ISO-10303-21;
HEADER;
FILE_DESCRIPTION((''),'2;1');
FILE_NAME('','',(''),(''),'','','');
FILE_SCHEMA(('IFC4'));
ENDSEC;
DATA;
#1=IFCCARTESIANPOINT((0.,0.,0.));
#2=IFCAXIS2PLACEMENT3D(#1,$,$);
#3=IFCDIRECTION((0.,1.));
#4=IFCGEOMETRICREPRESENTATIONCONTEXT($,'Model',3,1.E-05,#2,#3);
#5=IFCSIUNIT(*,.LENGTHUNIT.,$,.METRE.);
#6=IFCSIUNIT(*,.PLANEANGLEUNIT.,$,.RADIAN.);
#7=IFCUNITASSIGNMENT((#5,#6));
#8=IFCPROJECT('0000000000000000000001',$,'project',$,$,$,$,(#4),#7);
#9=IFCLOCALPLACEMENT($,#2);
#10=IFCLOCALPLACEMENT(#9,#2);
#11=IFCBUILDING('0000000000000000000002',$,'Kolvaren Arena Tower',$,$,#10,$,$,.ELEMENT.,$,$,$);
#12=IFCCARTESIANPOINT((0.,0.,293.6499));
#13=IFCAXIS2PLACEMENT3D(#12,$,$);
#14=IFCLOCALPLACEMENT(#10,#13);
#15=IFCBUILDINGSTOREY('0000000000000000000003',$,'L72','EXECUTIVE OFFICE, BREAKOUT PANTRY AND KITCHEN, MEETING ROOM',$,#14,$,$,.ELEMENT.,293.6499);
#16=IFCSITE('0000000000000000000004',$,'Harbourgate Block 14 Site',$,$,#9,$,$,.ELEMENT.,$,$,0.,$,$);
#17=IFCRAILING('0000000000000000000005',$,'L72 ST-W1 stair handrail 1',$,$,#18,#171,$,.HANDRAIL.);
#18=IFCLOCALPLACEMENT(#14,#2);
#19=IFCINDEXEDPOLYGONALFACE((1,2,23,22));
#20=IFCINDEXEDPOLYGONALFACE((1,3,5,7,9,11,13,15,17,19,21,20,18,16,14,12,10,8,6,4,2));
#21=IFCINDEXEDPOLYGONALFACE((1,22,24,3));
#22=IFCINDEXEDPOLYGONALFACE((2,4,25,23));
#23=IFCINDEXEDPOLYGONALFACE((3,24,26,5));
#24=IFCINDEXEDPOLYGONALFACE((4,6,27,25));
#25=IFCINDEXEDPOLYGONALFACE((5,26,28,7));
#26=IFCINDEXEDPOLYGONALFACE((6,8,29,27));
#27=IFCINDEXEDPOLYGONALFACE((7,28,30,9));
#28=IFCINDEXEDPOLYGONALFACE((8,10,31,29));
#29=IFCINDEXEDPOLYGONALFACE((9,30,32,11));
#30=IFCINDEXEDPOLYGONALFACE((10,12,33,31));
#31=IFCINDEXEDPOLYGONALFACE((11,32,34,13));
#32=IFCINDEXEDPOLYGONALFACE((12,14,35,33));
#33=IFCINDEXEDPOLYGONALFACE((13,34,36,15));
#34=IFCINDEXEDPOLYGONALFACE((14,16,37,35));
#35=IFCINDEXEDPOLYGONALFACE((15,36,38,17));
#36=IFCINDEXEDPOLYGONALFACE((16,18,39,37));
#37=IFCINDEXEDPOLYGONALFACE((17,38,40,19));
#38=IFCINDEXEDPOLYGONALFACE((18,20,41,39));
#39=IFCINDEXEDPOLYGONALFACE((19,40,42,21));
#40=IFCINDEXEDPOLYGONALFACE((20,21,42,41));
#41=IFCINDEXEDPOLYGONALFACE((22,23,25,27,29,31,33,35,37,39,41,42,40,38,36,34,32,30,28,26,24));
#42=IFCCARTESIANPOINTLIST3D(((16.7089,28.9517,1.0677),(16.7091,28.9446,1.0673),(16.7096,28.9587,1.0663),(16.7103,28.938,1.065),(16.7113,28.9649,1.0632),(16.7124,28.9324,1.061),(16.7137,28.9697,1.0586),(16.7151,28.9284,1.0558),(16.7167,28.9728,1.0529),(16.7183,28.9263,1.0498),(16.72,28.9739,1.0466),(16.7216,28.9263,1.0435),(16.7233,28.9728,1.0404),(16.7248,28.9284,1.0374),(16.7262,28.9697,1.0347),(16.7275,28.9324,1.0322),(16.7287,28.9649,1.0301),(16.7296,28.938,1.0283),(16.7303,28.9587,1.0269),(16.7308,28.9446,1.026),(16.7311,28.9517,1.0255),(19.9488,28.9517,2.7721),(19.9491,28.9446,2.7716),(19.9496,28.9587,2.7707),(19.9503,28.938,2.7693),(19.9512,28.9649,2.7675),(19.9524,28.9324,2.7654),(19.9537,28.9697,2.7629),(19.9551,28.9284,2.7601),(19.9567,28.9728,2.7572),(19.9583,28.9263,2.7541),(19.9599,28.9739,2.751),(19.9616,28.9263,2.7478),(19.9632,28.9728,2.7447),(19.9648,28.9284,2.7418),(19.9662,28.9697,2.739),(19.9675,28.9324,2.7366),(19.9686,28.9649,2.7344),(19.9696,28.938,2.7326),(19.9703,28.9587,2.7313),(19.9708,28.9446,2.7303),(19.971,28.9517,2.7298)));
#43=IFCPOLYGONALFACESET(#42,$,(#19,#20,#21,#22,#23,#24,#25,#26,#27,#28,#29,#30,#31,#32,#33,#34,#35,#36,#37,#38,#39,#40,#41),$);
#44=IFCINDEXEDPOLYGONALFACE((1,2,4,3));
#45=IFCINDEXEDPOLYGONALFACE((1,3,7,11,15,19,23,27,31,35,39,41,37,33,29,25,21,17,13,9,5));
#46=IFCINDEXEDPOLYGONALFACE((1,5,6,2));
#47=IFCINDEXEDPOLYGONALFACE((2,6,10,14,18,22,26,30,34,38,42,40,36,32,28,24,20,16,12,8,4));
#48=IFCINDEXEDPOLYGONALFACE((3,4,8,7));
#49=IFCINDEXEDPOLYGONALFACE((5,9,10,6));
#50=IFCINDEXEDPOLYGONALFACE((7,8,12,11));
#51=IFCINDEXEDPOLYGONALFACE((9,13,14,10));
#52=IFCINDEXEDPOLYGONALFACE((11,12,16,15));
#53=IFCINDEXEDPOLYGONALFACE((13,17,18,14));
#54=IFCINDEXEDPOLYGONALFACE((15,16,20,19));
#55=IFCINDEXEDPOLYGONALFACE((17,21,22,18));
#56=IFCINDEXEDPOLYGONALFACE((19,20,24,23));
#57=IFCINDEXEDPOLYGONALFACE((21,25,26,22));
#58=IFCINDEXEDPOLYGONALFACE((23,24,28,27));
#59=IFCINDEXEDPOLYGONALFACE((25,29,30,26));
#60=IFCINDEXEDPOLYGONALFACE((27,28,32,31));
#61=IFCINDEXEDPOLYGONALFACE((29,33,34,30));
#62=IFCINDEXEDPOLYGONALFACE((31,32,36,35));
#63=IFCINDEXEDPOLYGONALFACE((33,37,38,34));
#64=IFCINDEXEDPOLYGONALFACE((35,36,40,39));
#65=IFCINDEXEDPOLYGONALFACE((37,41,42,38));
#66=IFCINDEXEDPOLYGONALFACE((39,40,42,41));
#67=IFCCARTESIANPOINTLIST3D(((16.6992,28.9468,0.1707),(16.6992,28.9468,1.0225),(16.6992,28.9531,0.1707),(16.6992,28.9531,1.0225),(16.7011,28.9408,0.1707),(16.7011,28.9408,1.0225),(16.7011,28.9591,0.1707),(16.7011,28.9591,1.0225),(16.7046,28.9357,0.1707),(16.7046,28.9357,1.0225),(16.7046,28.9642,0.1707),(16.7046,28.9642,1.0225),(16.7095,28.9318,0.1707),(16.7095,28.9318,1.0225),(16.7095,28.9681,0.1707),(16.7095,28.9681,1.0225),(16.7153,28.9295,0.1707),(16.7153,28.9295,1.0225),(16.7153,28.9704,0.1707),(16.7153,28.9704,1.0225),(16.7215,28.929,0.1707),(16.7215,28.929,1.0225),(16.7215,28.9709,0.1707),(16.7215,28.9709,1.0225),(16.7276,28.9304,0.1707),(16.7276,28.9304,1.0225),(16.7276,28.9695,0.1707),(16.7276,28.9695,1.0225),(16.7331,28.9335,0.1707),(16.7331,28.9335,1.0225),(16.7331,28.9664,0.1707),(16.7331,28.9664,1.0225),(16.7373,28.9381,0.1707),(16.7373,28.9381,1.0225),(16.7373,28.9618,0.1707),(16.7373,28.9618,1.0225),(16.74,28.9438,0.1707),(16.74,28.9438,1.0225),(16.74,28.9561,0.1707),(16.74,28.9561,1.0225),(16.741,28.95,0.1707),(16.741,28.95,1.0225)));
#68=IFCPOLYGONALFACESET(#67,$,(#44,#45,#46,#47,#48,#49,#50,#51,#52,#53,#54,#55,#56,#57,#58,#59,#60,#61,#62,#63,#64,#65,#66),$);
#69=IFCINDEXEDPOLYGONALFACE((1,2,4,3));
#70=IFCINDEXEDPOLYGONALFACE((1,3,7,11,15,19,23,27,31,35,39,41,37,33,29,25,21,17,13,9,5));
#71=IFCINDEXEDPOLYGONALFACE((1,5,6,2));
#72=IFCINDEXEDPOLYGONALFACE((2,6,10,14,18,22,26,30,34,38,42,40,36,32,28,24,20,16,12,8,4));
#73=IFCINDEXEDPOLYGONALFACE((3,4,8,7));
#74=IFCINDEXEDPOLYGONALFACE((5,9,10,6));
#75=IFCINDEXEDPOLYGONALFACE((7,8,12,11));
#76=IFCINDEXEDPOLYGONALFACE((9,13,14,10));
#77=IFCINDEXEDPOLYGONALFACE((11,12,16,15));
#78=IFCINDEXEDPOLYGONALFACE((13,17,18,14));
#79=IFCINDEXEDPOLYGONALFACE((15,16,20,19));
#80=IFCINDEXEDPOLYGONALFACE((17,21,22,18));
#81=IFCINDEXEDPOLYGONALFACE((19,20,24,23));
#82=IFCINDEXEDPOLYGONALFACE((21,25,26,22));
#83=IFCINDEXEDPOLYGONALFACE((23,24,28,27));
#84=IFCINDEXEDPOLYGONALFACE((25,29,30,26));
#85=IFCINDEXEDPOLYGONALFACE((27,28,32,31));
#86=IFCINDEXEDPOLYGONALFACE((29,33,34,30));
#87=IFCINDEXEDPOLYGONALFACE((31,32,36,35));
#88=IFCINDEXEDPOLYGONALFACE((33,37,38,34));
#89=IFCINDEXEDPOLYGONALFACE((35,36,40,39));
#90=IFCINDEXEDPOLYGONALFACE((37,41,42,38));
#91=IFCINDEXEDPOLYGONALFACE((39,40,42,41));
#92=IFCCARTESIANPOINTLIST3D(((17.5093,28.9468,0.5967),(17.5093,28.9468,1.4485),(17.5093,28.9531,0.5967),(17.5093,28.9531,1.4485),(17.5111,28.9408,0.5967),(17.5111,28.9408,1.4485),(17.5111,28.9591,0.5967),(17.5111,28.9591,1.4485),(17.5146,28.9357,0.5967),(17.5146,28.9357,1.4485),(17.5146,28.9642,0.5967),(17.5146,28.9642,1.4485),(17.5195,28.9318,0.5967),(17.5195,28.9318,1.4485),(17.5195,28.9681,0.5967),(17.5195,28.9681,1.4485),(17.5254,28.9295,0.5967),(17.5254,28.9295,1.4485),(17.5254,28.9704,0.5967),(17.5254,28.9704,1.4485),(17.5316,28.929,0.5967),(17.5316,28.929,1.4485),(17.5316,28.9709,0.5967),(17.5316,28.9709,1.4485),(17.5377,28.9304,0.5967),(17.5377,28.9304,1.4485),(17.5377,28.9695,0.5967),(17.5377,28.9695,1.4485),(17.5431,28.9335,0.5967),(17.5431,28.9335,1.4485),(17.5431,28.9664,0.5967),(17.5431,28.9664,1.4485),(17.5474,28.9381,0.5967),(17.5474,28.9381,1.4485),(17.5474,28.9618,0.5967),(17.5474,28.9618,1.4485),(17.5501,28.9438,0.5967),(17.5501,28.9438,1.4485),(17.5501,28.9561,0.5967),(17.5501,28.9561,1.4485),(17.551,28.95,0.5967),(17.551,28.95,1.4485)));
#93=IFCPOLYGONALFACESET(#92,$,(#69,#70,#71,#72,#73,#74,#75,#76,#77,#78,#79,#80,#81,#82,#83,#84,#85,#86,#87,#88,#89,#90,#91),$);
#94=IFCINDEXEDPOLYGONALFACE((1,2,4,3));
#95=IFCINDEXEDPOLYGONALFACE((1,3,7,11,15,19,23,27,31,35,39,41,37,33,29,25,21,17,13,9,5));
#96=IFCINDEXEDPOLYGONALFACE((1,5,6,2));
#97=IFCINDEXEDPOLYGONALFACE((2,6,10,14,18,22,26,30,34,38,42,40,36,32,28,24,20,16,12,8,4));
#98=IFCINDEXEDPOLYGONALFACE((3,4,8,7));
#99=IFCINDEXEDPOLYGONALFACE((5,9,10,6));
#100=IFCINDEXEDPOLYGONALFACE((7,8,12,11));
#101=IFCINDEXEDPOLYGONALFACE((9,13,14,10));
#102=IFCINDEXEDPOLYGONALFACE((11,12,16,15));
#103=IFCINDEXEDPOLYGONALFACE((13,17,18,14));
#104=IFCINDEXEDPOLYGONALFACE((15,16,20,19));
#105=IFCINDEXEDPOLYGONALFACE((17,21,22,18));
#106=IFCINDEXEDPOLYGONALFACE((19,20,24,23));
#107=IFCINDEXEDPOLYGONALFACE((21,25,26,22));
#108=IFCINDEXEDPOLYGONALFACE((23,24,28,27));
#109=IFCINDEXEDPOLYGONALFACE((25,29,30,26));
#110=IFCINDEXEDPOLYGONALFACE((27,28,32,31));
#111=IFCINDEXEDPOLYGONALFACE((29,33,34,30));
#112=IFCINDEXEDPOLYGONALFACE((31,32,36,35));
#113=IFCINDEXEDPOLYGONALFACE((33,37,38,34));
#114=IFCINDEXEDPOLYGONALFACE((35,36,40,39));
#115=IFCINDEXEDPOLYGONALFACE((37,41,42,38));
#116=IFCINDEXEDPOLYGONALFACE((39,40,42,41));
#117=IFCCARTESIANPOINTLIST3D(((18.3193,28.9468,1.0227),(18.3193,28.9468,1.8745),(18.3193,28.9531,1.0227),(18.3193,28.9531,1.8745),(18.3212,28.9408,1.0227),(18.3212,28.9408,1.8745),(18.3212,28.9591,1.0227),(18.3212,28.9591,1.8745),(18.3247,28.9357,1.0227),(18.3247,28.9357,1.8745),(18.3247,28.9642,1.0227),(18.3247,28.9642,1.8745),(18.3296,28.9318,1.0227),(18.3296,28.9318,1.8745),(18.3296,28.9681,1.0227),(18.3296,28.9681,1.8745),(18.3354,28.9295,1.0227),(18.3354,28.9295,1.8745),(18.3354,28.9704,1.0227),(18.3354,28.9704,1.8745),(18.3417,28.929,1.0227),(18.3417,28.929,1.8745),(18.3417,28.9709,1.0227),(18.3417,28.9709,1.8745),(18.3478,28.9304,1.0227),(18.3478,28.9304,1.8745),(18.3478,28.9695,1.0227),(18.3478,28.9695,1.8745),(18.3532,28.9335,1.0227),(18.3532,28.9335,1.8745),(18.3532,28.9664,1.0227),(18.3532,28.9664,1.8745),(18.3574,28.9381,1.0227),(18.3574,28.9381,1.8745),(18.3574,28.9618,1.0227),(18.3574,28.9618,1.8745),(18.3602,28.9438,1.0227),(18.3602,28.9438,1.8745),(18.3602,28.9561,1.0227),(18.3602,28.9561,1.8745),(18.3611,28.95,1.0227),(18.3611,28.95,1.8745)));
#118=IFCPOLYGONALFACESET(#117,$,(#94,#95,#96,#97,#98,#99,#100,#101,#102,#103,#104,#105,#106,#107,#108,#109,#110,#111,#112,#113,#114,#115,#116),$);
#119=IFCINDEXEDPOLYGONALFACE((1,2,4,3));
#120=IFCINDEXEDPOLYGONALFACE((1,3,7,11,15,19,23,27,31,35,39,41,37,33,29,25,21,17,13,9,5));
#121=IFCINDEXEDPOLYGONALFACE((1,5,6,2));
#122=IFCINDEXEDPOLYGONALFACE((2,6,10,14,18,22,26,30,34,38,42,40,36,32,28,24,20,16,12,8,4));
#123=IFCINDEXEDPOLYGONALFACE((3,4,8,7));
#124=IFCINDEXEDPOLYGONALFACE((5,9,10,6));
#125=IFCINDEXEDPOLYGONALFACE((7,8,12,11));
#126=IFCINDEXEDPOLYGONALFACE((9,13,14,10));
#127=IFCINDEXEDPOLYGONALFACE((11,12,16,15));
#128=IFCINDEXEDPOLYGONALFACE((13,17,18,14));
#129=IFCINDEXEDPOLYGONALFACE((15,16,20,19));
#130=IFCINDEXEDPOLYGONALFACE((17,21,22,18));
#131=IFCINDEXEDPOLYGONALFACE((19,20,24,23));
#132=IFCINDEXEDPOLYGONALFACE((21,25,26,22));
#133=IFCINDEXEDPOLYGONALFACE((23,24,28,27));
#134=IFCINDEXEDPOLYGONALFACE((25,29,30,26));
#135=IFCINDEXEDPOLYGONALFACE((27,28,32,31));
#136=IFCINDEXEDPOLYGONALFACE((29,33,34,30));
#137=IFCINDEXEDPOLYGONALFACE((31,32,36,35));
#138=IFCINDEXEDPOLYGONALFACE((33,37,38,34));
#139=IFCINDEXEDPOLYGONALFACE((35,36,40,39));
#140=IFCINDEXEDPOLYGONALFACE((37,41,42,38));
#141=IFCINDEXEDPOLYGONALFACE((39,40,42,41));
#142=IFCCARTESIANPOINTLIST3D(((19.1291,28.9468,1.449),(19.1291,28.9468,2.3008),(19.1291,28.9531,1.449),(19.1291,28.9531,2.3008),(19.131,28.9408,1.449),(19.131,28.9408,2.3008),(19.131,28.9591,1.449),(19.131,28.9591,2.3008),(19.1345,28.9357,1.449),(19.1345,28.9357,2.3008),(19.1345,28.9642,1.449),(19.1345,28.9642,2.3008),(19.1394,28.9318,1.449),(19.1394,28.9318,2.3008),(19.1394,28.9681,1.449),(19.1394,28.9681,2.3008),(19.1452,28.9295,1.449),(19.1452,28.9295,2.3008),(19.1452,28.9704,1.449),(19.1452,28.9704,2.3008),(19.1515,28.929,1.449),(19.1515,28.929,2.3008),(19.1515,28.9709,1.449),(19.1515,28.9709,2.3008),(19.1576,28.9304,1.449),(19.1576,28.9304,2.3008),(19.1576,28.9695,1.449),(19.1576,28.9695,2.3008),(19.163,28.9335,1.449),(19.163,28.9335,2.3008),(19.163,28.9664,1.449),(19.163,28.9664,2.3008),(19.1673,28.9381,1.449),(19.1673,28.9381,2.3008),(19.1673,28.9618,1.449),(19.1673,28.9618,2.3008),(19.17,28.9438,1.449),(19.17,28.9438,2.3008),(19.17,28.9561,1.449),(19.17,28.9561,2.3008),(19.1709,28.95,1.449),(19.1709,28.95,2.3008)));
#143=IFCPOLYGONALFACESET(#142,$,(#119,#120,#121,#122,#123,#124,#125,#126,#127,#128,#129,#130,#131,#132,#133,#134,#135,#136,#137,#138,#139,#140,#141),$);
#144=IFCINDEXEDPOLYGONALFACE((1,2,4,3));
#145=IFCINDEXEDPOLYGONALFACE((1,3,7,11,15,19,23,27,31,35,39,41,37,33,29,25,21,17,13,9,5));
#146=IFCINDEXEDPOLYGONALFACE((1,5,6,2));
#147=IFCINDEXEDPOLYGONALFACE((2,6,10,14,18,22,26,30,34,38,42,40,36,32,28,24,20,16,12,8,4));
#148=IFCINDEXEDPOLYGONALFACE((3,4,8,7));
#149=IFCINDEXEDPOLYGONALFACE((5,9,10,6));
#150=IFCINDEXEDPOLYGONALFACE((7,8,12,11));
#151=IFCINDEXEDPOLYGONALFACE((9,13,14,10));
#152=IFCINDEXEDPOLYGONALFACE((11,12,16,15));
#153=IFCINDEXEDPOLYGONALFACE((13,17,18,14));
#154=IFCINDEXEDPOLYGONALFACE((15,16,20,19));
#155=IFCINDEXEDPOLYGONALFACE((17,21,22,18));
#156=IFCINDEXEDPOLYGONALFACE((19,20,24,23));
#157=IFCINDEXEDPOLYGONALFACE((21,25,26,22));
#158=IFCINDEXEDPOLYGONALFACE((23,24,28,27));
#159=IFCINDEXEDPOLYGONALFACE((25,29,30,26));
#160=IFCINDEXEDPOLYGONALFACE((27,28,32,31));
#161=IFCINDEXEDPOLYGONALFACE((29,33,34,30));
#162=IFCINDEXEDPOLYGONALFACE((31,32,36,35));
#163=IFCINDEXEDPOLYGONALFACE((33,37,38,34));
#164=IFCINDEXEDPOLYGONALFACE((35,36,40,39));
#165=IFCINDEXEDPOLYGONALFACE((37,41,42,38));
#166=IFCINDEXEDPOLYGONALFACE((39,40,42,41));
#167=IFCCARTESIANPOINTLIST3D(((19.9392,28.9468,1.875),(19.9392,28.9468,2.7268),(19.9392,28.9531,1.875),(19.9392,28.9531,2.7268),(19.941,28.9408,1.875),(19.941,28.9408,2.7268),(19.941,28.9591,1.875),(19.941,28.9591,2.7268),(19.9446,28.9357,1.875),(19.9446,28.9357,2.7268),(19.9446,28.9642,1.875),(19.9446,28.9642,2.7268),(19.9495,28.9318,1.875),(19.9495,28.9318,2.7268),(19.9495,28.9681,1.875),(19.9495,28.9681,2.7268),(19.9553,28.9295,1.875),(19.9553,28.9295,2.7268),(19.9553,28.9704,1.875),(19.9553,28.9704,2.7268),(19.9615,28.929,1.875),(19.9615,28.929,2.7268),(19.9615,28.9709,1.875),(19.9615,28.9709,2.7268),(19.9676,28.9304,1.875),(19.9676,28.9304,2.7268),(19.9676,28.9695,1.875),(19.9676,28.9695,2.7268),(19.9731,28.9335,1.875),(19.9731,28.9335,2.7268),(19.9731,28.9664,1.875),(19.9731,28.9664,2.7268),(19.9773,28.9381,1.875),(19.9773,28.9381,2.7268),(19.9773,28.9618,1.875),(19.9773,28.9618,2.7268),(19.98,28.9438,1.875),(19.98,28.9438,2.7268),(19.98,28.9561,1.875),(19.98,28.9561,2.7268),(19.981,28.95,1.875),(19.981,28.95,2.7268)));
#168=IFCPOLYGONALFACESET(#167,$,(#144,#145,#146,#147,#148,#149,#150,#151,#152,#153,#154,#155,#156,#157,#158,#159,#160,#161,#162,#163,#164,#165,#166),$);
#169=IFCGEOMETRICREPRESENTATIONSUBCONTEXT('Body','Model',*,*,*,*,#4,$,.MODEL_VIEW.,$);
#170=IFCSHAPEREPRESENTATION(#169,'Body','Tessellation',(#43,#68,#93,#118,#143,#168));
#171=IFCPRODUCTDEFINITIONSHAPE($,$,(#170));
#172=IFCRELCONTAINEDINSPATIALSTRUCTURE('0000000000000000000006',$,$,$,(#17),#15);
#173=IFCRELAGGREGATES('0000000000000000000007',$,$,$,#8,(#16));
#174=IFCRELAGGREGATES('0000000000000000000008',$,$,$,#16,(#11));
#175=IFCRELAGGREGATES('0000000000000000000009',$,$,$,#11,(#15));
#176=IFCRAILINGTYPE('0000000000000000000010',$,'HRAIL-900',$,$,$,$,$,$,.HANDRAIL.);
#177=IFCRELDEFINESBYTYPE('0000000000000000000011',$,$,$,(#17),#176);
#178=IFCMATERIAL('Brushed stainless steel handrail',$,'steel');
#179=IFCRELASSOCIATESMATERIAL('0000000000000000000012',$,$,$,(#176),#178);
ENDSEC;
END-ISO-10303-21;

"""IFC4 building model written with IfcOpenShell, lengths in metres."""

from ifc_helpers import new_model, si_unit, direction, frame, origin, origin_2d, place, context, subcontext, project, spatial, circle, extrude, material, type_object, element, save


model = new_model("IFC4")

# Units and contexts
model_context = context("Model", 3, precision=1e-05, world=origin(), true_north=direction((0.0, 1.0)))
body_context = subcontext(model_context, "Body", "Model", "MODEL_VIEW")
ifc_project = project(units=[si_unit("LENGTHUNIT", "METRE"), si_unit("PLANEANGLEUNIT", "RADIAN")], contexts=[model_context])

# Site, building, storey
site_placement = place(None, origin())
site = spatial("IfcSite", under=ifc_project, at=site_placement, Name="Harbourgate Block 14 Site", CompositionType="ELEMENT", RefElevation=0.0)
building_placement = place(site_placement, origin())
building = spatial("IfcBuilding", under=site, at=building_placement, Name="Kolvaren Arena Tower", CompositionType="ELEMENT")
storey_placement = place(building_placement, frame((0.0, 0.0, 293.6499)))
storey = spatial("IfcBuildingStorey", under=building, at=storey_placement, Name="L72", Description="EXECUTIVE OFFICE, BREAKOUT PANTRY AND KITCHEN, MEETING ROOM", CompositionType="ELEMENT", Elevation=293.6499)

# Railing
ifc_material_1 = material(Name="Brushed stainless steel handrail", Category="steel")
railing_type_1 = type_object("IfcRailingType", Name="HRAIL-900", PredefinedType="HANDRAIL", material=ifc_material_1)
railing_1_placement = place(storey_placement, frame((16.72, 28.95, 0.1707)))
element("IfcRailing", 1, at=railing_1_placement, inside=storey, type_object=railing_type_1, Name="L72 ST-W1 stair handrail 1", PredefinedType="HANDRAIL", context=body_context, shape_type="SweptSolid", body=[
    extrude(circle(Radius=0.0239, at=origin_2d()), frame((0.0, 0.0, 0.876), z_axis=(0.885021, 0.0, 0.465551), x_axis=(0.0, 1.0, 0.0)), (0.0, 0.0, 1.0), 3.6609),
    extrude(circle(Radius=0.021, at=origin_2d()), origin(), (0.0, 0.0, 1.0), 0.8518),
    extrude(circle(Radius=0.021, at=origin_2d()), frame((0.8101, 0.0, 0.426)), (0.0, 0.0, 1.0), 0.8518),
    extrude(circle(Radius=0.021, at=origin_2d()), frame((1.6201, 0.0, 0.8521)), (0.0, 0.0, 1.0), 0.8518),
    extrude(circle(Radius=0.021, at=origin_2d()), frame((2.4299, 0.0, 1.2783)), (0.0, 0.0, 1.0), 0.8518),
    extrude(circle(Radius=0.021, at=origin_2d()), frame((3.24, 0.0, 1.7043)), (0.0, 0.0, 1.0), 0.8518),
])

save(model, "model.ifc")
